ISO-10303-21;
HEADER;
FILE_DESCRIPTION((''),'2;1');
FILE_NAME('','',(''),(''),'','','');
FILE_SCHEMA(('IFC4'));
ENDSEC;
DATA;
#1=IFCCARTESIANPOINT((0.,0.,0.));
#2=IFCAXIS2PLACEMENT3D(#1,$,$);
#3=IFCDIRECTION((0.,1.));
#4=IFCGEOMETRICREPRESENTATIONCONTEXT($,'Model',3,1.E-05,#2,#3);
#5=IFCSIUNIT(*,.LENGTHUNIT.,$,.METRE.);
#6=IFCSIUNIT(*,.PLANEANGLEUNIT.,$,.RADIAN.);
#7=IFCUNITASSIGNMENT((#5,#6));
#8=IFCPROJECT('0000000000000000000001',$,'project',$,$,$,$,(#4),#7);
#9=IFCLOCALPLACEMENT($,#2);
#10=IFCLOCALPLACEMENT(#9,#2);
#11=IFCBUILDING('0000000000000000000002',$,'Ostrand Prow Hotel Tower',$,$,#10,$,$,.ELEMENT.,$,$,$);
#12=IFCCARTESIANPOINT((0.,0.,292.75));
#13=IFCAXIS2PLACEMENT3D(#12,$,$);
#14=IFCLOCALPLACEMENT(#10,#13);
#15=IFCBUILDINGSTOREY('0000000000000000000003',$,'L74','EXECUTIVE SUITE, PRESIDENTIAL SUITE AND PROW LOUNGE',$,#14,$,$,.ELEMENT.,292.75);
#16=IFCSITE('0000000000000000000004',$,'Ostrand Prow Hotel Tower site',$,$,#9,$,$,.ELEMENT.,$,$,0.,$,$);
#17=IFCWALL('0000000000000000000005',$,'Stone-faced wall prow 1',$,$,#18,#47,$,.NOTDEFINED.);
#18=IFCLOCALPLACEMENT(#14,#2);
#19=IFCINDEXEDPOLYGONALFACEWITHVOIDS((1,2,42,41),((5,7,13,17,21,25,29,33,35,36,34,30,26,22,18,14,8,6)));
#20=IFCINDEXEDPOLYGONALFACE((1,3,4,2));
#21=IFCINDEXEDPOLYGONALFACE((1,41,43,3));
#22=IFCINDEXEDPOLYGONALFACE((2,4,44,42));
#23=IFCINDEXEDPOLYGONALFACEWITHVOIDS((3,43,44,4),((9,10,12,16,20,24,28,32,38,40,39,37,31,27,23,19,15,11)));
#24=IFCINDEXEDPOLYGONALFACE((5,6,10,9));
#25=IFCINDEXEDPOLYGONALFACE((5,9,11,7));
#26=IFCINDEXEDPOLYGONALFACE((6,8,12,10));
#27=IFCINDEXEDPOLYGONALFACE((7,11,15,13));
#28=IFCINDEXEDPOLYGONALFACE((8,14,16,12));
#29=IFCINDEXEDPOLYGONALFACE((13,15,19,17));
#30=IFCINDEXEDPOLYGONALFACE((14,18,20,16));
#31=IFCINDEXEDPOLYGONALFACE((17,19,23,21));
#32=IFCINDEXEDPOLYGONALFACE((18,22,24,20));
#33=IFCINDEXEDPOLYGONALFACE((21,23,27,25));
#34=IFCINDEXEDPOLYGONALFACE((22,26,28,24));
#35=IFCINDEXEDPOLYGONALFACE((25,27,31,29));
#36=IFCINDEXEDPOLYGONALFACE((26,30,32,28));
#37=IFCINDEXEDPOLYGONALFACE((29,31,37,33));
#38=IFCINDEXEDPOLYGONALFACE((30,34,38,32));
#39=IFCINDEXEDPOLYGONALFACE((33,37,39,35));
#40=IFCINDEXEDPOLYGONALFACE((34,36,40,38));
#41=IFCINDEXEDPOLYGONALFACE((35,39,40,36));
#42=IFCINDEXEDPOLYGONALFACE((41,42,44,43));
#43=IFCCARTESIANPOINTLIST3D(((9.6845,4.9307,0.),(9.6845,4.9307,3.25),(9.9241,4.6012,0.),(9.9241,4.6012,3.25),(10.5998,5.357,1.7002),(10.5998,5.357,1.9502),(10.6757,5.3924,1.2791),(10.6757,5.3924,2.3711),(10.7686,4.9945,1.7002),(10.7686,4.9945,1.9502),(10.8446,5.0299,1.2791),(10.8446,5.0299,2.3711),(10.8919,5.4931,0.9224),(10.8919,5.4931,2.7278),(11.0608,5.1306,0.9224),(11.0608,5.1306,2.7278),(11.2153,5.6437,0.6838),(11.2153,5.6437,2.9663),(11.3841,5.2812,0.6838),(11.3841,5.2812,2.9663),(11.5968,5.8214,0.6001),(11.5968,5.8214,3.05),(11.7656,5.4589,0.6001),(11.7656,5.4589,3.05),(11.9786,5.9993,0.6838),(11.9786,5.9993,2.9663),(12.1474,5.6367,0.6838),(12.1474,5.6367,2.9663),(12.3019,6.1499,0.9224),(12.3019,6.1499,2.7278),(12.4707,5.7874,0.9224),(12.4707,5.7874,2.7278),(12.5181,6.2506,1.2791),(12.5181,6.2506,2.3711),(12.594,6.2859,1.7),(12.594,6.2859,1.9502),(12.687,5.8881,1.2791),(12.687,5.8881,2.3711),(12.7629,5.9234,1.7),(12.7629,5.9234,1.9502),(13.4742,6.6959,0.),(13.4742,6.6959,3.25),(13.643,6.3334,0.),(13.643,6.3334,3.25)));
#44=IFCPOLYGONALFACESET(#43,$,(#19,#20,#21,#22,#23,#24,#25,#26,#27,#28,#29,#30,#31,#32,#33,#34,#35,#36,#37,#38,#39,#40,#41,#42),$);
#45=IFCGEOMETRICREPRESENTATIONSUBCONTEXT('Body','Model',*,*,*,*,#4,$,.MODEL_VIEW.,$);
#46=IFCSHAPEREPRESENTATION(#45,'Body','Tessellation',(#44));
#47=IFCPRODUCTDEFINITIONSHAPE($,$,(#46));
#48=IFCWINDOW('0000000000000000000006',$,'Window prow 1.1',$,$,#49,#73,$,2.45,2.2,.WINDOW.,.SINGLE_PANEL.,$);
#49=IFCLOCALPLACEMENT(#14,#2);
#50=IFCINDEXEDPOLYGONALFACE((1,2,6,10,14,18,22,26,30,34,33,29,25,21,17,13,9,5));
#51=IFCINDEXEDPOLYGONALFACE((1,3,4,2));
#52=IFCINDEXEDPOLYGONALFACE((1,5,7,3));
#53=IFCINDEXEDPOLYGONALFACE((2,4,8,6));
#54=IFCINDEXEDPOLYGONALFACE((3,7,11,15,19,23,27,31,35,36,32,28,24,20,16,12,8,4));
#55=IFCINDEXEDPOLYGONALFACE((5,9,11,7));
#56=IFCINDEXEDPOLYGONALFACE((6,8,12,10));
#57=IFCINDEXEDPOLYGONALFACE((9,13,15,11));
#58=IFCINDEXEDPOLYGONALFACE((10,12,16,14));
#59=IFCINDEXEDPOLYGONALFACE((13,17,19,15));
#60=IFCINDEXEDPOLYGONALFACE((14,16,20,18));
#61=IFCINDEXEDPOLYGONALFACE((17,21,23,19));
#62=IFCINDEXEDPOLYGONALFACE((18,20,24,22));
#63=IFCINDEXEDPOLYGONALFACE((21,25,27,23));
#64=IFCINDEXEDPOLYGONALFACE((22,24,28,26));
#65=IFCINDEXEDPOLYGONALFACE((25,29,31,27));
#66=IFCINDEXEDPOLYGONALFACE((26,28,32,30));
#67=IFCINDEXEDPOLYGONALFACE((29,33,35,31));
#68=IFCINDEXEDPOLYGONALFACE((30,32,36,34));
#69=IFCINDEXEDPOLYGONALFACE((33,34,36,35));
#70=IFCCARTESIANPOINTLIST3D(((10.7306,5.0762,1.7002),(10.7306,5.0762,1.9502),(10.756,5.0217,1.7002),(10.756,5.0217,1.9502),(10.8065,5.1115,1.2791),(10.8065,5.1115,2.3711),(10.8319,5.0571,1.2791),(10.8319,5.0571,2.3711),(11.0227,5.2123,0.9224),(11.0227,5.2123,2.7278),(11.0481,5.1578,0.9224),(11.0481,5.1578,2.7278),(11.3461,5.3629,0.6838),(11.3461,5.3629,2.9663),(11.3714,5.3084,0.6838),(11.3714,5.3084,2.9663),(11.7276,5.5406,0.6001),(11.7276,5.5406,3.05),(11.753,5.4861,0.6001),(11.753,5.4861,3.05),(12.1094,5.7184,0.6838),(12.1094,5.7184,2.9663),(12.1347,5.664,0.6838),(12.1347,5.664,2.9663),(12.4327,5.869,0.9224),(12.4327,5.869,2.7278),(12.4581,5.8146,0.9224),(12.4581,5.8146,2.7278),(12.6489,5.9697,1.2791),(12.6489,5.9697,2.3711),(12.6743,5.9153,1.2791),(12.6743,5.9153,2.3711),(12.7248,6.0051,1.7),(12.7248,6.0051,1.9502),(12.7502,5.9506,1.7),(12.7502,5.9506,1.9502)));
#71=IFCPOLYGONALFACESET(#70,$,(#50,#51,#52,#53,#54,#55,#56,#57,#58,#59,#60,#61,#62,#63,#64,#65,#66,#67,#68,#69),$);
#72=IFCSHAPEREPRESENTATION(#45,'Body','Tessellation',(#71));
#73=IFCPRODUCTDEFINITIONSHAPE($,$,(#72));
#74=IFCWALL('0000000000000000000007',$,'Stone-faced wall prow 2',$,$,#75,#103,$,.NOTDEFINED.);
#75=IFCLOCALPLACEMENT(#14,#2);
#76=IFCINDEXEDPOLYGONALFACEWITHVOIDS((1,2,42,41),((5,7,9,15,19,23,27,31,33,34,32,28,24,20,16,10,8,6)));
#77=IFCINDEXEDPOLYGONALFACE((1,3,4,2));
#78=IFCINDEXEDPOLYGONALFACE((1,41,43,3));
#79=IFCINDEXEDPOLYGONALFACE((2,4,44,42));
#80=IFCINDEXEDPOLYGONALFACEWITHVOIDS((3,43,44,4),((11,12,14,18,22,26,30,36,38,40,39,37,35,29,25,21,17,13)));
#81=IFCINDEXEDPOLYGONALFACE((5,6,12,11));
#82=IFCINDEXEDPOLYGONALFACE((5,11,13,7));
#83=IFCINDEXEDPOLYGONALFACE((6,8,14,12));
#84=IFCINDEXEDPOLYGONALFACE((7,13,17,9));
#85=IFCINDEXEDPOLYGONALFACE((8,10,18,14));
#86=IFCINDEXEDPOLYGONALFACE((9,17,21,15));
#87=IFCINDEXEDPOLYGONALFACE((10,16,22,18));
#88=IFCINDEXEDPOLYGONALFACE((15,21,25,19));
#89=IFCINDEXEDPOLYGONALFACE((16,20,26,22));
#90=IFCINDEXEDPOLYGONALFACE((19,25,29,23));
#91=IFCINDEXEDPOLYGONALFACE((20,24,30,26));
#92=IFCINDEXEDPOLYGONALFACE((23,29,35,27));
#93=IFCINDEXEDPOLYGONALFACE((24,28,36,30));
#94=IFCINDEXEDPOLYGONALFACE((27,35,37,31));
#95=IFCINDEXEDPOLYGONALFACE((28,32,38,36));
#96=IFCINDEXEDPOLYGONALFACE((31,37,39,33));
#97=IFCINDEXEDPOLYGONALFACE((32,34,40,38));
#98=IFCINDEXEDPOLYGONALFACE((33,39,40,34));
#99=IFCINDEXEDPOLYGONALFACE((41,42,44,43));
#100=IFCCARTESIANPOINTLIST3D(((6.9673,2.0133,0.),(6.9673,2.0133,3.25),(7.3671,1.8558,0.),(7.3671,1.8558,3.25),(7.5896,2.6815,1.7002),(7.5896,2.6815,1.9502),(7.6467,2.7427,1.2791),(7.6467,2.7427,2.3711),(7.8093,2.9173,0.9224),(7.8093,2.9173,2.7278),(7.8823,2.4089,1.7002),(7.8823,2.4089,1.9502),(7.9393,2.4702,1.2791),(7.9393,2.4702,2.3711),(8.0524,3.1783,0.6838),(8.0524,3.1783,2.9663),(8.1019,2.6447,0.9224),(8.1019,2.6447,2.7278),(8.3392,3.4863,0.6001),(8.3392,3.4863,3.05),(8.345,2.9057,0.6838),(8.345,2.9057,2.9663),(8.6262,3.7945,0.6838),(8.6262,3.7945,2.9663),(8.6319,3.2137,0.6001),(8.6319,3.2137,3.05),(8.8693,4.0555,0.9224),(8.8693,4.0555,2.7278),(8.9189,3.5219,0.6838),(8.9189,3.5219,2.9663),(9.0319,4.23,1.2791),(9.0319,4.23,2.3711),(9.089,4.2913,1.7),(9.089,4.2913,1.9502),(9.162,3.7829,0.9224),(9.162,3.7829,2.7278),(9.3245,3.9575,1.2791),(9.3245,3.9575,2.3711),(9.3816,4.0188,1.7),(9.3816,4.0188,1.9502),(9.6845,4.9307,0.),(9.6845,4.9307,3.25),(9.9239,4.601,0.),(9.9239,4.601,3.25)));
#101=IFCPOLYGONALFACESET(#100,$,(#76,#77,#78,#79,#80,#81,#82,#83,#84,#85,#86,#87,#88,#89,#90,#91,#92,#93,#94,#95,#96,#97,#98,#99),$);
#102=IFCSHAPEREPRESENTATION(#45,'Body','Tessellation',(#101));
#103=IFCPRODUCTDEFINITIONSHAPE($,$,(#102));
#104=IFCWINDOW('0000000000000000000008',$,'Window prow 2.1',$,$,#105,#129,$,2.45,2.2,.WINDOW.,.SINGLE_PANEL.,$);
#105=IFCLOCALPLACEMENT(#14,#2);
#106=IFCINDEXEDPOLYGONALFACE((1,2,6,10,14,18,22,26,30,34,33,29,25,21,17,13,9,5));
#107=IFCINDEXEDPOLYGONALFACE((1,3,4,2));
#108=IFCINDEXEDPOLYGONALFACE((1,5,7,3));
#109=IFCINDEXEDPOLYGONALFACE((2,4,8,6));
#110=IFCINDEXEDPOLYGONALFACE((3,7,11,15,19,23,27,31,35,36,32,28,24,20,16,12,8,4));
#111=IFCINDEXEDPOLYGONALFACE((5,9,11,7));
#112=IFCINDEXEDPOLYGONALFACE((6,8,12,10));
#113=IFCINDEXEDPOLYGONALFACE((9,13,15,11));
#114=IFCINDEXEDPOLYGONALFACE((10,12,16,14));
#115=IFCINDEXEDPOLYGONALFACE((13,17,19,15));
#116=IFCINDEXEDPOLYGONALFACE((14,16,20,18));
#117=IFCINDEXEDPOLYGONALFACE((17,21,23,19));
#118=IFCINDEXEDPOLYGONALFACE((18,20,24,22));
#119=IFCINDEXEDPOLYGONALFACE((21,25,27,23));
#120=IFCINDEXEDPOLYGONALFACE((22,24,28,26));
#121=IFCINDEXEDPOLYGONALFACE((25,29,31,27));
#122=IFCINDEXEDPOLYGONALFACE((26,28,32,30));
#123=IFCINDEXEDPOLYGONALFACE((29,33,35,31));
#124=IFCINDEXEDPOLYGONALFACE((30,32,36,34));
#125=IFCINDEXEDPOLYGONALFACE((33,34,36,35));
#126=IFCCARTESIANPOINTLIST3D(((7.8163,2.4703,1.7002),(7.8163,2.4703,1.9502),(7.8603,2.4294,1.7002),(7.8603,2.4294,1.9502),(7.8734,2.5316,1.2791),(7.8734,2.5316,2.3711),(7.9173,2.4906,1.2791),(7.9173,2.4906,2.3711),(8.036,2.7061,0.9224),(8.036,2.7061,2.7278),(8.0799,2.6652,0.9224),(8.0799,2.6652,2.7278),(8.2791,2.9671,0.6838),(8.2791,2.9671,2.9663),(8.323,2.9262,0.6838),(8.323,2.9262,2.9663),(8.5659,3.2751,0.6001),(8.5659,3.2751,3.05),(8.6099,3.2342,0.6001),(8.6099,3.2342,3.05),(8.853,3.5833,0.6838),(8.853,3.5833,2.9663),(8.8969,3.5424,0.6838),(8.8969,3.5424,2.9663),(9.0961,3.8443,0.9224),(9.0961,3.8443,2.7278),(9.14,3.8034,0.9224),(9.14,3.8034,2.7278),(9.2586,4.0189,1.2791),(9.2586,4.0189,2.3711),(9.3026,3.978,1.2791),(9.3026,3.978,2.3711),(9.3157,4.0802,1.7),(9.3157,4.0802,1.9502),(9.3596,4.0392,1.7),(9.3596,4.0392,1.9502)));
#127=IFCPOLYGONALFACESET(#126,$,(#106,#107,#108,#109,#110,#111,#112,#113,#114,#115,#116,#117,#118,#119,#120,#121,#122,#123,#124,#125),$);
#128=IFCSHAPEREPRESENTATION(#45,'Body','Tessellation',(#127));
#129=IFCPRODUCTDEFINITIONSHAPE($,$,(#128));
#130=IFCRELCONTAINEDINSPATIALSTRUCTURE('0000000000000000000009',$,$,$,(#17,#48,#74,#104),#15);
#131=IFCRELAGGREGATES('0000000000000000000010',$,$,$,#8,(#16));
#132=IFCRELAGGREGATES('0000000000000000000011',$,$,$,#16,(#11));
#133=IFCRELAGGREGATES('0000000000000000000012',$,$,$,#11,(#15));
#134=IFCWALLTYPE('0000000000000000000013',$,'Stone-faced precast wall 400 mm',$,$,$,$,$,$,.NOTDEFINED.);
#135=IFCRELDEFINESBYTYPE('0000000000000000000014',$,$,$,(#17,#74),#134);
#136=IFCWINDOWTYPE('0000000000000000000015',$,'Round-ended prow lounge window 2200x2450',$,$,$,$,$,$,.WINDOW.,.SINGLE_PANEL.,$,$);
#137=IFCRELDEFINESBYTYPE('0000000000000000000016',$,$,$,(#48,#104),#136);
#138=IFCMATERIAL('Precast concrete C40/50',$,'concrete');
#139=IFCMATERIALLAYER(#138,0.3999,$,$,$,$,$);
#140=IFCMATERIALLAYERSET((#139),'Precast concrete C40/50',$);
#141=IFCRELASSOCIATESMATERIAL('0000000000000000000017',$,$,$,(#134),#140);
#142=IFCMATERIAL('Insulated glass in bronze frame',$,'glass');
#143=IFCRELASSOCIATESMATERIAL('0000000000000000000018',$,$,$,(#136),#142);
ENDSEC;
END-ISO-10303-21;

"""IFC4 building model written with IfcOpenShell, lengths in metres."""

from ifc_helpers import new_model, si_unit, direction, frame, origin, place, context, subcontext, project, spatial, polyline, outline, extrude, material, layer, layer_set, type_object, element, fill, save


model = new_model("IFC4")

# Units and contexts
model_context = context("Model", 3, precision=1e-05, world=origin(), true_north=direction((0.0, 1.0)))
body_context = subcontext(model_context, "Body", "Model", "MODEL_VIEW")
ifc_project = project(units=[si_unit("LENGTHUNIT", "METRE"), si_unit("PLANEANGLEUNIT", "RADIAN")], contexts=[model_context])

# Site, building, storey
site_placement = place(None, origin())
site = spatial("IfcSite", under=ifc_project, at=site_placement, Name="Ostrand Prow Hotel Tower site", CompositionType="ELEMENT", RefElevation=0.0)
building_placement = place(site_placement, origin())
building = spatial("IfcBuilding", under=site, at=building_placement, Name="Ostrand Prow Hotel Tower", CompositionType="ELEMENT")
storey_placement = place(building_placement, frame((0.0, 0.0, 292.75)))
storey = spatial("IfcBuildingStorey", under=building, at=storey_placement, Name="L74", Description="EXECUTIVE SUITE, PRESIDENTIAL SUITE AND PROW LOUNGE", CompositionType="ELEMENT", Elevation=292.75)

# Walls, openings, windows
ifc_material_1 = material(Name="Precast concrete C40/50", Category="concrete")
ifc_layer_1 = layer(ifc_material_1, 0.3999)
ifc_layer_set_1 = layer_set([ifc_layer_1], Name="Precast concrete C40/50")
wall_type_1 = type_object("IfcWallType", Name="Stone-faced precast wall 400 mm", PredefinedType="NOTDEFINED", material=ifc_layer_set_1)
wall_1_placement = place(storey_placement, frame((13.5586, 6.5146, 0.0), z_axis=(0.0, 0.0, 1.0), x_axis=(-0.906486, -0.422237, 0.0)))
wall_1 = element("IfcWall", 1, at=wall_1_placement, inside=storey, type_object=wall_type_1, Name="Stone-faced wall prow 1", PredefinedType="NOTDEFINED", context=body_context, shape_type="SweptSolid", body=[
    extrude(outline(polyline([(0.0, -0.2), (4.1807, -0.2), (4.1025, 0.2), (0.0, 0.2), (0.0, -0.2)])), origin(), (0.0, 0.0, 1.0), 3.25),
])
opening_1_placement = place(wall_1_placement, frame((0.9709, 0.0, 0.6001)))
opening_1 = element("IfcOpeningElement", 2, at=opening_1_placement, cuts=wall_1, PredefinedType="OPENING", context=body_context, shape_type="SweptSolid", body=[
    extrude(outline(polyline([(0.0, 1.3501), (0.0837, 1.771), (0.3223, 2.1277), (0.679, 2.3662), (1.1001, 2.45), (1.521, 2.3662), (1.8777, 2.1277), (2.1162, 1.771), (2.2, 1.3501), (2.2, 1.1001), (2.1162, 0.679), (1.8777, 0.3223), (1.521, 0.0837), (1.1001, 0.0), (0.679, 0.0837), (0.3223, 0.3223), (0.0837, 0.679), (0.0, 1.0999), (0.0, 1.3501)])), frame((0.0, 0.21, 0.0), z_axis=(0.0, -1.0, 0.0), x_axis=(1.0, 0.0, 0.0)), (0.0, 0.0, 1.0), 0.4199),
])
ifc_material_2 = material(Name="Insulated glass in bronze frame", Category="glass")
window_type = type_object("IfcWindowType", Name="Round-ended prow lounge window 2200x2450", PartitioningType="SINGLE_PANEL", PredefinedType="WINDOW", material=ifc_material_2)
window_1_placement = place(opening_1_placement, origin())
window_1 = element("IfcWindow", 3, at=window_1_placement, inside=storey, type_object=window_type, Name="Window prow 1.1", OverallHeight=2.45, OverallWidth=2.2, PartitioningType="SINGLE_PANEL", PredefinedType="WINDOW", context=body_context, shape_type="SweptSolid", body=[
    extrude(outline(polyline([(0.0, 1.3501), (0.0837, 1.771), (0.3223, 2.1277), (0.679, 2.3662), (1.1001, 2.45), (1.521, 2.3662), (1.8777, 2.1277), (2.1162, 1.771), (2.2, 1.3501), (2.2, 1.1001), (2.1162, 0.679), (1.8777, 0.3223), (1.521, 0.0837), (1.1001, 0.0), (0.679, 0.0837), (0.3223, 0.3223), (0.0837, 0.679), (0.0, 1.0999), (0.0, 1.3501)])), frame((0.0, 0.1699, 0.0), z_axis=(0.0, -1.0, 0.0), x_axis=(1.0, 0.0, 0.0)), (0.0, 0.0, 1.0), 0.0601),
])
fill(opening_1, window_1)
wall_2_placement = place(storey_placement, frame((9.8042, 4.7659, 0.0), z_axis=(0.0, 0.0, 1.0), x_axis=(-0.681547, -0.731775, 0.0)))
wall_2 = element("IfcWall", 4, at=wall_2_placement, inside=storey, type_object=wall_type_1, Name="Stone-faced wall prow 2", PredefinedType="NOTDEFINED", context=body_context, shape_type="SweptSolid", body=[
    extrude(outline(polyline([(-0.0391, -0.2), (3.9478, -0.2), (3.7905, 0.2), (0.0391, 0.2), (-0.0391, -0.2)])), origin(), (0.0, 0.0, 1.0), 3.25),
])
opening_2_placement = place(wall_2_placement, frame((0.8347, 0.0, 0.6001)))
opening_2 = element("IfcOpeningElement", 5, at=opening_2_placement, cuts=wall_2, PredefinedType="OPENING", context=body_context, shape_type="SweptSolid", body=[
    extrude(outline(polyline([(0.0, 1.3501), (0.0837, 1.771), (0.3223, 2.1277), (0.679, 2.3662), (1.1001, 2.45), (1.521, 2.3662), (1.8777, 2.1277), (2.1162, 1.771), (2.2, 1.3501), (2.2, 1.1001), (2.1162, 0.679), (1.8777, 0.3223), (1.521, 0.0837), (1.1001, 0.0), (0.679, 0.0837), (0.3223, 0.3223), (0.0837, 0.679), (0.0, 1.0999), (0.0, 1.3501)])), frame((0.0, 0.21, 0.0), z_axis=(0.0, -1.0, 0.0), x_axis=(1.0, 0.0, 0.0)), (0.0, 0.0, 1.0), 0.4199),
])
window_2_placement = place(opening_2_placement, origin())
window_2 = element("IfcWindow", 6, at=window_2_placement, inside=storey, type_object=window_type, Name="Window prow 2.1", OverallHeight=2.45, OverallWidth=2.2, PartitioningType="SINGLE_PANEL", PredefinedType="WINDOW", context=body_context, shape_type="SweptSolid", body=[
    extrude(outline(polyline([(0.0, 1.3501), (0.0837, 1.771), (0.3223, 2.1277), (0.679, 2.3662), (1.1001, 2.45), (1.521, 2.3662), (1.8777, 2.1277), (2.1162, 1.771), (2.2, 1.3501), (2.2, 1.1001), (2.1162, 0.679), (1.8777, 0.3223), (1.521, 0.0837), (1.1001, 0.0), (0.679, 0.0837), (0.3223, 0.3223), (0.0837, 0.679), (0.0, 1.0999), (0.0, 1.3501)])), frame((0.0, 0.1699, 0.0), z_axis=(0.0, -1.0, 0.0), x_axis=(1.0, 0.0, 0.0)), (0.0, 0.0, 1.0), 0.0601),
])
fill(opening_2, window_2)

save(model, "model.ifc")
